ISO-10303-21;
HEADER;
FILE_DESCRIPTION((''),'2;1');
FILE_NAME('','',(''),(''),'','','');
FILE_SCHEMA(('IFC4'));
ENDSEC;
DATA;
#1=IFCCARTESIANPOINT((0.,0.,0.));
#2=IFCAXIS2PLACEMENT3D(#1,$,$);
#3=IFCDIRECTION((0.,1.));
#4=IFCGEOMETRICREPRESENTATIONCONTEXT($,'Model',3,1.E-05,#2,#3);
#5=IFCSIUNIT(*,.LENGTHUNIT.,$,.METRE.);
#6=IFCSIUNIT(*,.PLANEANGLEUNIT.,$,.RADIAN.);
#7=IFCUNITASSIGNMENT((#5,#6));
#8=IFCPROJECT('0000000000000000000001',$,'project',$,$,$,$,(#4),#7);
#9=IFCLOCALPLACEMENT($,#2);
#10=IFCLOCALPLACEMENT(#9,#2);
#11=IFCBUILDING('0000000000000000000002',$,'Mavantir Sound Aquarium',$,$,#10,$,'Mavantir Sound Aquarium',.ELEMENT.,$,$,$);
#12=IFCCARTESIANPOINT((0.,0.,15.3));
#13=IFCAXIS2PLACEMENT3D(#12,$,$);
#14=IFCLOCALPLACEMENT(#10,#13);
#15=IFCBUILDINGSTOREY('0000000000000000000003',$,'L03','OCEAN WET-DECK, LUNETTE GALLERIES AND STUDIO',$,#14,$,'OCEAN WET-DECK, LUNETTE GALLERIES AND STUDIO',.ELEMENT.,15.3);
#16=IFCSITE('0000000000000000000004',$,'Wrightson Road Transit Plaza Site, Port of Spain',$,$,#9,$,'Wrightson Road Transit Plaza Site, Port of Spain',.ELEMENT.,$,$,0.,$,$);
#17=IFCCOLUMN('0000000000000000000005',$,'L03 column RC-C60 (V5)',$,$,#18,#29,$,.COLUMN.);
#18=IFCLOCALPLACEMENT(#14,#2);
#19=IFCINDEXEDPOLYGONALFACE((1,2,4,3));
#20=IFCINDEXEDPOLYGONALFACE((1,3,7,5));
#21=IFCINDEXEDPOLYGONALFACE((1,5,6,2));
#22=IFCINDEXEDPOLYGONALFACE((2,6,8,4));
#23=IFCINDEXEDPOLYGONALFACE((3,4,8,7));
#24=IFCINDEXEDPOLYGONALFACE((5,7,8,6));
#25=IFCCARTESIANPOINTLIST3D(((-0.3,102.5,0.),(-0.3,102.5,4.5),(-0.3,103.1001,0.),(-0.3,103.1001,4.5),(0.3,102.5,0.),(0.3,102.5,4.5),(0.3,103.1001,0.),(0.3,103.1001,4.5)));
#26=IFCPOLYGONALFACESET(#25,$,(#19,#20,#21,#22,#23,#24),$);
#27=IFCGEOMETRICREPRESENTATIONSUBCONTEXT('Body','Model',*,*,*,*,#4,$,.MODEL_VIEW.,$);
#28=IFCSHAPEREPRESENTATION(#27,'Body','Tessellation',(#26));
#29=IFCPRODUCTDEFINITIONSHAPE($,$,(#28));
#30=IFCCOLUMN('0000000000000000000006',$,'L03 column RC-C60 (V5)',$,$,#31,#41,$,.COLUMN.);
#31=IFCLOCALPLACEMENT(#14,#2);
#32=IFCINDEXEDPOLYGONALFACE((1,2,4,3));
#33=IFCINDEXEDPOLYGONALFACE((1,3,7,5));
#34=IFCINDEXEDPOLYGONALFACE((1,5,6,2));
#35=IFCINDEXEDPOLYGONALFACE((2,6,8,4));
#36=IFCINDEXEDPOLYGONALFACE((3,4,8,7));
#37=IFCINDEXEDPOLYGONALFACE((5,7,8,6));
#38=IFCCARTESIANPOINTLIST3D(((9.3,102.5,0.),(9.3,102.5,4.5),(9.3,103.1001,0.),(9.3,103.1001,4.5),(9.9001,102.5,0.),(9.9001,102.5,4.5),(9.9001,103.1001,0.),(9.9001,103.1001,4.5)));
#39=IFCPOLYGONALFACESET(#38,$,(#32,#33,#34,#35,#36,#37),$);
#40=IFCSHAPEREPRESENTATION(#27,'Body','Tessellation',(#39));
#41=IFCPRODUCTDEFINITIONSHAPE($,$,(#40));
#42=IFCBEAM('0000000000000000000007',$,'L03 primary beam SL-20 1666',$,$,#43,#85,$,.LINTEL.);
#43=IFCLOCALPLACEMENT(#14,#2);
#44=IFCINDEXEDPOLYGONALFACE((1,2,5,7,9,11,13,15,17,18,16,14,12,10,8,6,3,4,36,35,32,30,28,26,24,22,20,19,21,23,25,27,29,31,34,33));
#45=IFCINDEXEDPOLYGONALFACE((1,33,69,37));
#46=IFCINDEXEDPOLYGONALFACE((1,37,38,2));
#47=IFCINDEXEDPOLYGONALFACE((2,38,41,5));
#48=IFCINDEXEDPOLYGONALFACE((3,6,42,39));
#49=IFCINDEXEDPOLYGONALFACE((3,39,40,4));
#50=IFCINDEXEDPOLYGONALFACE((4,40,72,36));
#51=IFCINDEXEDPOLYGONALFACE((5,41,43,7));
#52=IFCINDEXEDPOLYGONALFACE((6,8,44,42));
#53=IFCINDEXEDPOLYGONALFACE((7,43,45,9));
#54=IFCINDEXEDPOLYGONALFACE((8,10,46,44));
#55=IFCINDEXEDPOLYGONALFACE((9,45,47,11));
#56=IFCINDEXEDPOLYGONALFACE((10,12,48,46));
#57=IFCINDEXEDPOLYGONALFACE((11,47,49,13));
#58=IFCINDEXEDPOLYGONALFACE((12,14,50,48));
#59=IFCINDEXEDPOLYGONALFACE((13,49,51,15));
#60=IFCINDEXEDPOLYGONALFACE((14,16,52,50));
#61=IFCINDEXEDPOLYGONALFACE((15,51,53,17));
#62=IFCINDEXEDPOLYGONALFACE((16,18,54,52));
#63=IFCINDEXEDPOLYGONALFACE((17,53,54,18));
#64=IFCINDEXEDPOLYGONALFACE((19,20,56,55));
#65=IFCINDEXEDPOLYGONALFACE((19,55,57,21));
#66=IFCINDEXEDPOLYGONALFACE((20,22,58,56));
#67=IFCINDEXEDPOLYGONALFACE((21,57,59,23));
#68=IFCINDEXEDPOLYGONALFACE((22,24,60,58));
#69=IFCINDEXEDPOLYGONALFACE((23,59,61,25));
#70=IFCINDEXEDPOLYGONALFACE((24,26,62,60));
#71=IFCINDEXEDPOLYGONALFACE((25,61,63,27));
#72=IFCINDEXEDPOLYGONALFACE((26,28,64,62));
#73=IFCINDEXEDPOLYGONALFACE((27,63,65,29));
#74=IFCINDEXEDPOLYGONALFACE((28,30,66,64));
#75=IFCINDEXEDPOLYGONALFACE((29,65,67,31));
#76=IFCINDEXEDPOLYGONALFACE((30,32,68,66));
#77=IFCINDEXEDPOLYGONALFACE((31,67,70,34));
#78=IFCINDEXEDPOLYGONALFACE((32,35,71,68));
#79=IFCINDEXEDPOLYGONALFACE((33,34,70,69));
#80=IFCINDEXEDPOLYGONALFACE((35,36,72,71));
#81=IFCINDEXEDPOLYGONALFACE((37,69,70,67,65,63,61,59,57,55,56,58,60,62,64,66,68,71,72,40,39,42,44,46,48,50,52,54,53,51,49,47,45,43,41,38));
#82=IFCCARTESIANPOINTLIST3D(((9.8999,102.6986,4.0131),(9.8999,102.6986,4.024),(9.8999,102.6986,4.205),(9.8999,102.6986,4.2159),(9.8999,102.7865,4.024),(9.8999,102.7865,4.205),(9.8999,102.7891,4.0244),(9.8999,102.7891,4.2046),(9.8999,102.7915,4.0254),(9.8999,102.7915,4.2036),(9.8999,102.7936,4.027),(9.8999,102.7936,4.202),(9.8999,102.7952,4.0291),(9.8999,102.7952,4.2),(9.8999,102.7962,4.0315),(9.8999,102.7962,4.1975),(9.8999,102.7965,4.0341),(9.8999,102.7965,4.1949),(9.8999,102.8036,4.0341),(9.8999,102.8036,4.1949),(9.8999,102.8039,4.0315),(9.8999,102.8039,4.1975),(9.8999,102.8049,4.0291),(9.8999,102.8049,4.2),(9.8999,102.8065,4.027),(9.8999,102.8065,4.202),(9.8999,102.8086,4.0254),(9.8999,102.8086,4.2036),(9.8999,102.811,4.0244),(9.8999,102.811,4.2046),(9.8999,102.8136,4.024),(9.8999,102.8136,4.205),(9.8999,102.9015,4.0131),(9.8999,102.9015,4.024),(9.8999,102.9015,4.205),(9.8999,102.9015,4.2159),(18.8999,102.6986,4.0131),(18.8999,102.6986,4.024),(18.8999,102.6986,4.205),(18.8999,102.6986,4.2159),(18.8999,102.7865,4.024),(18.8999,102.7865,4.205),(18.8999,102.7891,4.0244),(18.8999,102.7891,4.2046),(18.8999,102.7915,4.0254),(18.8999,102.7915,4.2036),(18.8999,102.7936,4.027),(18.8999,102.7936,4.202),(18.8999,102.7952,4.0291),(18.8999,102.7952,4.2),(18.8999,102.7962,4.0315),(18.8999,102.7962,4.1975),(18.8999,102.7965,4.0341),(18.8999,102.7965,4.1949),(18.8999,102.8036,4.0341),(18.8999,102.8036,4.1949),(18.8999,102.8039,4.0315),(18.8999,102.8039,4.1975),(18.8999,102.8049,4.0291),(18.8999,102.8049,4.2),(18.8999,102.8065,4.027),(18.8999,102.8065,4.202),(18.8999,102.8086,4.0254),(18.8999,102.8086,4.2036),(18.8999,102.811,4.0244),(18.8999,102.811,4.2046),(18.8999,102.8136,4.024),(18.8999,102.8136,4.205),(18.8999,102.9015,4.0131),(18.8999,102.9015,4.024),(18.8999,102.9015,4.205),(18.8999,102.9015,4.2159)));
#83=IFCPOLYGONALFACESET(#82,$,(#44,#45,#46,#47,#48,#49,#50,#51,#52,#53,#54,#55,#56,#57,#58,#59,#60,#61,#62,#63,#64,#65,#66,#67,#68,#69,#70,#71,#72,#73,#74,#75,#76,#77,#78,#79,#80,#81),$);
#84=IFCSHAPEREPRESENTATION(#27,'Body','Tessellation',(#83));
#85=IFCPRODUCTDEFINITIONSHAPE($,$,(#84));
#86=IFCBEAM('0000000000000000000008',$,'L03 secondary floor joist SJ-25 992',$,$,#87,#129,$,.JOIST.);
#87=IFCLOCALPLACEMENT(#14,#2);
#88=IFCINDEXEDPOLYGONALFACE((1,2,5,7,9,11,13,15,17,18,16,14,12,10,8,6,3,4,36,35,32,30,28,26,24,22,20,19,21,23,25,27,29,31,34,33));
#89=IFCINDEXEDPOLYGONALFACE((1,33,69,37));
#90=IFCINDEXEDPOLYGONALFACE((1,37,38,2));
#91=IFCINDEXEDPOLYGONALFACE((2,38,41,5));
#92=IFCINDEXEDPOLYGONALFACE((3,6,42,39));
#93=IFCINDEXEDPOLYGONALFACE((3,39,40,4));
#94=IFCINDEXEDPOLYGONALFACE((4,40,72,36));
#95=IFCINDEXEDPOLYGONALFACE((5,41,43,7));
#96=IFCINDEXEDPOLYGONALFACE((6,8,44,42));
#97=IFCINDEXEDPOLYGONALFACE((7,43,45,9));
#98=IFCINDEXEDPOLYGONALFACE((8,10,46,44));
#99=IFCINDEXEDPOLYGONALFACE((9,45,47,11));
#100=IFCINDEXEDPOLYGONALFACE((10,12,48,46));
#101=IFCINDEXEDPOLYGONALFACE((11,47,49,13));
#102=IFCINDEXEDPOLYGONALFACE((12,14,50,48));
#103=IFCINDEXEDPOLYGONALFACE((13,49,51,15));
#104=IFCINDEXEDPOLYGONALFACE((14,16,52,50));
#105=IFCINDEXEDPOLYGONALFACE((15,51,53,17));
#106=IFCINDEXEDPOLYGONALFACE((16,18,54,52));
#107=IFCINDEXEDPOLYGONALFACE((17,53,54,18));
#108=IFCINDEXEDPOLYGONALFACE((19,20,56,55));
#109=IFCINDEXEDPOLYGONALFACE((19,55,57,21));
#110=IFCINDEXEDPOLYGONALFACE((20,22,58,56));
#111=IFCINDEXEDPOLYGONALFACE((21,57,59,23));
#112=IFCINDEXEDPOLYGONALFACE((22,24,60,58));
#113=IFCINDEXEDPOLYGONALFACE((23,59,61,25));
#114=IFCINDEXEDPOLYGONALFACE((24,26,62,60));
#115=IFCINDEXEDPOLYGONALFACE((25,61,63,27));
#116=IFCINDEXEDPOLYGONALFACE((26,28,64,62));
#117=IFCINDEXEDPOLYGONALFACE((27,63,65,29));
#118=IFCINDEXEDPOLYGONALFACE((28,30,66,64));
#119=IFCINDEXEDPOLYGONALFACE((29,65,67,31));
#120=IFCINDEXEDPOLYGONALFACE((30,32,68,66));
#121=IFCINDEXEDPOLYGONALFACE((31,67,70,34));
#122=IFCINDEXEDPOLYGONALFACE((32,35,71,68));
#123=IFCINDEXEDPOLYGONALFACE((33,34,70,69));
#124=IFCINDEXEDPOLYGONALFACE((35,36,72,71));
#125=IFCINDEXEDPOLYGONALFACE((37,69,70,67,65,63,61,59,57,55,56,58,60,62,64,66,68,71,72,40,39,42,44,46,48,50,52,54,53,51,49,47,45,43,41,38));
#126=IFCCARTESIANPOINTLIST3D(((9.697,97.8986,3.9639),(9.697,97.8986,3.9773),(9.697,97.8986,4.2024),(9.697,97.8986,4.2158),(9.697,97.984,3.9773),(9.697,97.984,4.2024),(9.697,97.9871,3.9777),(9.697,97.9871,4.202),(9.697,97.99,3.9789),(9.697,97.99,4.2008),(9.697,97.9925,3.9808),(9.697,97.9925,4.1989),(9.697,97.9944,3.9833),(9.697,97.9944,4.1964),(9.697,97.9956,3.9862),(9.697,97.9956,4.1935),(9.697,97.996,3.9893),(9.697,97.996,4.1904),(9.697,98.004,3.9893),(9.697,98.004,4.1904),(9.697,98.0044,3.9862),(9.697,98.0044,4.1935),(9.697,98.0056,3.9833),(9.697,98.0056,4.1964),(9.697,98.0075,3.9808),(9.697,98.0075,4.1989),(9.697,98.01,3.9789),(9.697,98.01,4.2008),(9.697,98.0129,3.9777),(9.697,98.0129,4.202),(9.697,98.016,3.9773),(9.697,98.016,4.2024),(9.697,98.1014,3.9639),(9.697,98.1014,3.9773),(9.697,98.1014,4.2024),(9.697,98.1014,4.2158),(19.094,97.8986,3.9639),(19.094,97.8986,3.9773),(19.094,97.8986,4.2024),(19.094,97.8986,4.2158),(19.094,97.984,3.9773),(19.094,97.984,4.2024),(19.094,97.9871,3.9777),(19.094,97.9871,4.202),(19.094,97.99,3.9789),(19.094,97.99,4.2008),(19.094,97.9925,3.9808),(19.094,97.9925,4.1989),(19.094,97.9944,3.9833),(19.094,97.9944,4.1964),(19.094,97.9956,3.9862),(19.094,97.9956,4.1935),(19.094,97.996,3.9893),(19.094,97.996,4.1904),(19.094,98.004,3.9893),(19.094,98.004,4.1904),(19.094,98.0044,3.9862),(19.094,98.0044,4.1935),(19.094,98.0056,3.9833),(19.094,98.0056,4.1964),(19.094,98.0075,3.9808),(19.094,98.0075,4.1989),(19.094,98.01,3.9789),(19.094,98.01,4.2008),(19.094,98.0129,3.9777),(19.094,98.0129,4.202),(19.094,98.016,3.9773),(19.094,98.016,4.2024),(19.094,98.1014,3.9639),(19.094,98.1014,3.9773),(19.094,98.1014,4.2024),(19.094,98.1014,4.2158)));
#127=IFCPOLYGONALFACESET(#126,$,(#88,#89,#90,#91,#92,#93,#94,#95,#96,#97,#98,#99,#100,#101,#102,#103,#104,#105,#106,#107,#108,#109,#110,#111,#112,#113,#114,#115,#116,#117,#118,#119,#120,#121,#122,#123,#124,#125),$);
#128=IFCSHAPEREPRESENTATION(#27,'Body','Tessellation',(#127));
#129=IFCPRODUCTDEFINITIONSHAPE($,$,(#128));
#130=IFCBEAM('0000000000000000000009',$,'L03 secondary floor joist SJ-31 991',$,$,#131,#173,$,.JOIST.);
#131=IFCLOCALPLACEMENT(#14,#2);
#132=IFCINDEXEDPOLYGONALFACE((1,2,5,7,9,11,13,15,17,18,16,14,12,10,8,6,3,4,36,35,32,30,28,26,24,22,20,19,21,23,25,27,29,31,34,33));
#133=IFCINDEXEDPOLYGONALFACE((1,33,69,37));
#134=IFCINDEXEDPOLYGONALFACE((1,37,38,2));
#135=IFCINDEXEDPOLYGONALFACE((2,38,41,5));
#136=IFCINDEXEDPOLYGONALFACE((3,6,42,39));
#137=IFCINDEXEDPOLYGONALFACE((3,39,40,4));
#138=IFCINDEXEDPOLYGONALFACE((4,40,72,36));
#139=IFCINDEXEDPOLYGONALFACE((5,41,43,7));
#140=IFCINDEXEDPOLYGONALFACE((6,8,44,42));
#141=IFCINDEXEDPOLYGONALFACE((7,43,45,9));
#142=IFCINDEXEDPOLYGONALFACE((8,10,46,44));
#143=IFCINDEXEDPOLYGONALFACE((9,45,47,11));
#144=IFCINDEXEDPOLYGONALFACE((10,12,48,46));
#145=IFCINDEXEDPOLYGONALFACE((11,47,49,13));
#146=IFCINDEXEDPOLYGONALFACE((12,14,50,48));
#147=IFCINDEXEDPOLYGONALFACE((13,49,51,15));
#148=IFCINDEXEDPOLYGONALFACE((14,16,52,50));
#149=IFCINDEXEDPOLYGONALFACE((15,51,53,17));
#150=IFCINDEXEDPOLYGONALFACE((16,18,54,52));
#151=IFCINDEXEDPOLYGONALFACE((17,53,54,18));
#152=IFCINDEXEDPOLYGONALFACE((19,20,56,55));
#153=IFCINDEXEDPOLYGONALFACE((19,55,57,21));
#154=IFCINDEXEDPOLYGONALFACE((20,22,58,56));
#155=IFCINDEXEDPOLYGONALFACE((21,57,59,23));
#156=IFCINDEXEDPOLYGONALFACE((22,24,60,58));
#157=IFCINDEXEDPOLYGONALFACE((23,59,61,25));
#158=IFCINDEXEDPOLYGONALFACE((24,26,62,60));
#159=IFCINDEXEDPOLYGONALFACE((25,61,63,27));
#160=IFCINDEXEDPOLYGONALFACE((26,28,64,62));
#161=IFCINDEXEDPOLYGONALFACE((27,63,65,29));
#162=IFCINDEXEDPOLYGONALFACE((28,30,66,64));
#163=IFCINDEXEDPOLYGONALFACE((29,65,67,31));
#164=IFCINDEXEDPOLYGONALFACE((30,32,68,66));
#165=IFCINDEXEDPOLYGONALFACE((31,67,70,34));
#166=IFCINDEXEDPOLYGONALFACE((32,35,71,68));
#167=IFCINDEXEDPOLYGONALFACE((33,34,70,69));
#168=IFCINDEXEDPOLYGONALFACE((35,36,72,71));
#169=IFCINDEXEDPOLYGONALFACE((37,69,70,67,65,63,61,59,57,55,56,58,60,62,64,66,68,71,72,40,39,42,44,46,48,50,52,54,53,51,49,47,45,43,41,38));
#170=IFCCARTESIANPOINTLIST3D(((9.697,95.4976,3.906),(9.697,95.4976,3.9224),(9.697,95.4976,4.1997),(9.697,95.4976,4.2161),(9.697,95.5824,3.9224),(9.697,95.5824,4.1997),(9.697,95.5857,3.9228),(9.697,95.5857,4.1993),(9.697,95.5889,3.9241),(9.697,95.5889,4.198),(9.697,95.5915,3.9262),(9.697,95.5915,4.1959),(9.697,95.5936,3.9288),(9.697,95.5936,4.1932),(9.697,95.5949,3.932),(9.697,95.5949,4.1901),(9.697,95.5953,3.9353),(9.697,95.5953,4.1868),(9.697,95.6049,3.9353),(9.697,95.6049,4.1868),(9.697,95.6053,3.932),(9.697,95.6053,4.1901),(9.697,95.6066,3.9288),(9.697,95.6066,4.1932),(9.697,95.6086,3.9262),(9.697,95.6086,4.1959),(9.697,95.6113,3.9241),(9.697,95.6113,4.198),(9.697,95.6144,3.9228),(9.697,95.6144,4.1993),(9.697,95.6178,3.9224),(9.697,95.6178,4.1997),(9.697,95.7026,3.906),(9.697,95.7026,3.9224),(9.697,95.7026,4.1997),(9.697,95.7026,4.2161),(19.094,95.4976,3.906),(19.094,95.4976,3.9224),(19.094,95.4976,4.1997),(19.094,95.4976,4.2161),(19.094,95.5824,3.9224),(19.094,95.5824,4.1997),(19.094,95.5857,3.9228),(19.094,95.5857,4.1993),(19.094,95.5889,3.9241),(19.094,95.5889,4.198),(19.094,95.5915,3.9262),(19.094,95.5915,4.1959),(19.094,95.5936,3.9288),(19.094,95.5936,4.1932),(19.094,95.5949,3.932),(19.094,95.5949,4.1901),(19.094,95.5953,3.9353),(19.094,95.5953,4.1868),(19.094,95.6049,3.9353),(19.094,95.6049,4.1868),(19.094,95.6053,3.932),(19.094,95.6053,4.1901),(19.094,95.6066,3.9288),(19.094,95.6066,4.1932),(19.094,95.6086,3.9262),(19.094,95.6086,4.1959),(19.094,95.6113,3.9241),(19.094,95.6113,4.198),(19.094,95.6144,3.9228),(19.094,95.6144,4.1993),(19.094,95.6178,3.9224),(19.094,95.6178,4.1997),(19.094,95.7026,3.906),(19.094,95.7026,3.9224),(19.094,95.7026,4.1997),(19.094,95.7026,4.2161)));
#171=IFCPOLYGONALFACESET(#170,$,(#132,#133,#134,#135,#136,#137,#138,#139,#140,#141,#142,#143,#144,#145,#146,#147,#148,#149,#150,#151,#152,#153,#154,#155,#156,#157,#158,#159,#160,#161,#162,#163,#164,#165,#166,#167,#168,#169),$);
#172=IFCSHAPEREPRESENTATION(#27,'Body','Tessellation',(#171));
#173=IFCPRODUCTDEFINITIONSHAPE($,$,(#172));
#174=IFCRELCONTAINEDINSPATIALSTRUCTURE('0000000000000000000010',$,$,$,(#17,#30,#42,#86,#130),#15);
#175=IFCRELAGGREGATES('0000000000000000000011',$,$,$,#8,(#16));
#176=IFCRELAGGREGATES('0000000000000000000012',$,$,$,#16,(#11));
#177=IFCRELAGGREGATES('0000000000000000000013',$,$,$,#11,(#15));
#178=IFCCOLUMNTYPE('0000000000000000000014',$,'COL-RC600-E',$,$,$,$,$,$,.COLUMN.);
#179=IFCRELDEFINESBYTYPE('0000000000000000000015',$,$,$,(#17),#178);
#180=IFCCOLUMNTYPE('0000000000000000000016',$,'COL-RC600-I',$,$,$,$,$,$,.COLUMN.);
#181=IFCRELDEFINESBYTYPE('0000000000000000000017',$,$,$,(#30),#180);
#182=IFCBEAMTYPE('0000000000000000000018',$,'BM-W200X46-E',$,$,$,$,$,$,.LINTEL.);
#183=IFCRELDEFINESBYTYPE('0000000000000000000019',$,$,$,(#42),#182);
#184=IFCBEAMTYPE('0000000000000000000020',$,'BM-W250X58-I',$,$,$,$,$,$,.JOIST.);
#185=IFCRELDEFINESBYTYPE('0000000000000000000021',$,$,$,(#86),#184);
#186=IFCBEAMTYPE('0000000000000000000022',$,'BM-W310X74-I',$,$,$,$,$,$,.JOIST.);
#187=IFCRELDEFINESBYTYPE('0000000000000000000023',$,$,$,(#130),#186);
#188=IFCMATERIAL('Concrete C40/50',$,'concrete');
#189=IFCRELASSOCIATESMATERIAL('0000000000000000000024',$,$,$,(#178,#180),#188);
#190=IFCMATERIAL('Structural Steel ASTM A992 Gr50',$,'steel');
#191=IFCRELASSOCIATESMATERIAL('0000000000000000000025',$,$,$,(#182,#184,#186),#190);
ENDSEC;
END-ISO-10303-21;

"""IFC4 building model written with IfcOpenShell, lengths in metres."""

from ifc_helpers import new_model, si_unit, direction, frame, origin, origin_2d, place, context, subcontext, project, spatial, rectangle, i_section, extrude, material, material_profile, profile_set, type_object, element, save


model = new_model("IFC4")

# Units and contexts
model_context = context("Model", 3, precision=1e-05, world=origin(), true_north=direction((0.0, 1.0)))
body_context = subcontext(model_context, "Body", "Model", "MODEL_VIEW")
ifc_project = project(units=[si_unit("LENGTHUNIT", "METRE"), si_unit("PLANEANGLEUNIT", "RADIAN")], contexts=[model_context])

# Site, building, storey
site_placement = place(None, origin())
site = spatial("IfcSite", under=ifc_project, at=site_placement, Name="Wrightson Road Transit Plaza Site, Port of Spain", LongName="Wrightson Road Transit Plaza Site, Port of Spain", CompositionType="ELEMENT", RefElevation=0.0)
building_placement = place(site_placement, origin())
building = spatial("IfcBuilding", under=site, at=building_placement, Name="Mavantir Sound Aquarium", LongName="Mavantir Sound Aquarium", CompositionType="ELEMENT")
storey_placement = place(building_placement, frame((0.0, 0.0, 15.3)))
storey = spatial("IfcBuildingStorey", under=building, at=storey_placement, Name="L03", Description="OCEAN WET-DECK, LUNETTE GALLERIES AND STUDIO", LongName="OCEAN WET-DECK, LUNETTE GALLERIES AND STUDIO", CompositionType="ELEMENT", Elevation=15.3)

# Columns
ifc_material_1 = material(Name="Concrete C40/50", Category="concrete")
ifc_material_profile_1 = material_profile(ifc_material_1, rectangle(XDim=0.6001, YDim=0.6001, at=origin_2d()), Name="RC 600X600")
ifc_profile_set_1 = profile_set([ifc_material_profile_1], Name="Concrete C40/50")
column_type_1 = type_object("IfcColumnType", Name="COL-RC600-E", PredefinedType="COLUMN", material=ifc_profile_set_1)
column_1_placement = place(storey_placement, frame((0.0, 102.8, 0.0), z_axis=(0.0, 0.0, 1.0), x_axis=(1.0, 0.0, 0.0)))
element("IfcColumn", 1, at=column_1_placement, inside=storey, type_object=column_type_1, Name="L03 column RC-C60 (V5)", PredefinedType="COLUMN", context=body_context, shape_type="SweptSolid", body=[
    extrude(rectangle(XDim=0.6001, YDim=0.6001, at=origin_2d()), origin(), (0.0, 0.0, 1.0), 4.5),
])
ifc_material_profile_2 = material_profile(ifc_material_1, rectangle(XDim=0.6001, YDim=0.6001, at=origin_2d()), Name="RC 600X600")
ifc_profile_set_2 = profile_set([ifc_material_profile_2], Name="Concrete C40/50")
column_type_2 = type_object("IfcColumnType", Name="COL-RC600-I", PredefinedType="COLUMN", material=ifc_profile_set_2)
column_2_placement = place(storey_placement, frame((9.6001, 102.8, 0.0), z_axis=(0.0, 0.0, 1.0), x_axis=(1.0, 0.0, 0.0)))
element("IfcColumn", 2, at=column_2_placement, inside=storey, type_object=column_type_2, Name="L03 column RC-C60 (V5)", PredefinedType="COLUMN", context=body_context, shape_type="SweptSolid", body=[
    extrude(rectangle(XDim=0.6001, YDim=0.6001, at=origin_2d()), origin(), (0.0, 0.0, 1.0), 4.5),
])

# Beams
ifc_material_2 = material(Name="Structural Steel ASTM A992 Gr50", Category="steel")
ifc_material_profile_3 = material_profile(ifc_material_2, i_section(OverallWidth=0.2029, OverallDepth=0.2029, WebThickness=0.0071, FlangeThickness=0.011, FilletRadius=0.01, at=origin_2d()), Name="W200X46")
ifc_profile_set_3 = profile_set([ifc_material_profile_3], Name="Structural Steel ASTM A992 Gr50")
beam_type_1 = type_object("IfcBeamType", Name="BM-W200X46-E", PredefinedType="LINTEL", material=ifc_profile_set_3)
beam_1_placement = place(storey_placement, frame((9.8999, 102.8, 4.1145), z_axis=(1.0, 0.0, 0.0), x_axis=(0.0, 1.0, 0.0)))
element("IfcBeam", 3, at=beam_1_placement, inside=storey, type_object=beam_type_1, Name="L03 primary beam SL-20 1666", PredefinedType="LINTEL", context=body_context, shape_type="SweptSolid", body=[
    extrude(i_section(OverallWidth=0.2029, OverallDepth=0.2029, WebThickness=0.0071, FlangeThickness=0.011, FilletRadius=0.01, at=origin_2d()), origin(), (0.0, 0.0, 1.0), 9.0),
])
ifc_material_profile_4 = material_profile(ifc_material_2, i_section(OverallWidth=0.2029, OverallDepth=0.252, WebThickness=0.0081, FlangeThickness=0.0134, FilletRadius=0.012, at=origin_2d()), Name="W250X58")
ifc_profile_set_4 = profile_set([ifc_material_profile_4], Name="Structural Steel ASTM A992 Gr50")
beam_type_2 = type_object("IfcBeamType", Name="BM-W250X58-I", PredefinedType="JOIST", material=ifc_profile_set_4)
beam_2_placement = place(storey_placement, frame((9.697, 98.0, 4.0898), z_axis=(1.0, 0.0, 0.0), x_axis=(0.0, 1.0, 0.0)))
element("IfcBeam", 4, at=beam_2_placement, inside=storey, type_object=beam_type_2, Name="L03 secondary floor joist SJ-25 992", PredefinedType="JOIST", context=body_context, shape_type="SweptSolid", body=[
    extrude(i_section(OverallWidth=0.2029, OverallDepth=0.252, WebThickness=0.0081, FlangeThickness=0.0134, FilletRadius=0.012, at=origin_2d()), origin(), (0.0, 0.0, 1.0), 9.397),
])
ifc_material_profile_5 = material_profile(ifc_material_2, i_section(OverallWidth=0.2051, OverallDepth=0.3101, WebThickness=0.0095, FlangeThickness=0.0164, FilletRadius=0.0129, at=origin_2d()), Name="W310X74")
ifc_profile_set_5 = profile_set([ifc_material_profile_5], Name="Structural Steel ASTM A992 Gr50")
beam_type_3 = type_object("IfcBeamType", Name="BM-W310X74-I", PredefinedType="JOIST", material=ifc_profile_set_5)
beam_3_placement = place(storey_placement, frame((9.697, 95.6001, 4.061), z_axis=(1.0, 0.0, 0.0), x_axis=(0.0, 1.0, 0.0)))
element("IfcBeam", 5, at=beam_3_placement, inside=storey, type_object=beam_type_3, Name="L03 secondary floor joist SJ-31 991", PredefinedType="JOIST", context=body_context, shape_type="SweptSolid", body=[
    extrude(i_section(OverallWidth=0.2051, OverallDepth=0.3101, WebThickness=0.0095, FlangeThickness=0.0164, FilletRadius=0.0129, at=origin_2d()), origin(), (0.0, 0.0, 1.0), 9.397),
])

save(model, "model.ifc")
